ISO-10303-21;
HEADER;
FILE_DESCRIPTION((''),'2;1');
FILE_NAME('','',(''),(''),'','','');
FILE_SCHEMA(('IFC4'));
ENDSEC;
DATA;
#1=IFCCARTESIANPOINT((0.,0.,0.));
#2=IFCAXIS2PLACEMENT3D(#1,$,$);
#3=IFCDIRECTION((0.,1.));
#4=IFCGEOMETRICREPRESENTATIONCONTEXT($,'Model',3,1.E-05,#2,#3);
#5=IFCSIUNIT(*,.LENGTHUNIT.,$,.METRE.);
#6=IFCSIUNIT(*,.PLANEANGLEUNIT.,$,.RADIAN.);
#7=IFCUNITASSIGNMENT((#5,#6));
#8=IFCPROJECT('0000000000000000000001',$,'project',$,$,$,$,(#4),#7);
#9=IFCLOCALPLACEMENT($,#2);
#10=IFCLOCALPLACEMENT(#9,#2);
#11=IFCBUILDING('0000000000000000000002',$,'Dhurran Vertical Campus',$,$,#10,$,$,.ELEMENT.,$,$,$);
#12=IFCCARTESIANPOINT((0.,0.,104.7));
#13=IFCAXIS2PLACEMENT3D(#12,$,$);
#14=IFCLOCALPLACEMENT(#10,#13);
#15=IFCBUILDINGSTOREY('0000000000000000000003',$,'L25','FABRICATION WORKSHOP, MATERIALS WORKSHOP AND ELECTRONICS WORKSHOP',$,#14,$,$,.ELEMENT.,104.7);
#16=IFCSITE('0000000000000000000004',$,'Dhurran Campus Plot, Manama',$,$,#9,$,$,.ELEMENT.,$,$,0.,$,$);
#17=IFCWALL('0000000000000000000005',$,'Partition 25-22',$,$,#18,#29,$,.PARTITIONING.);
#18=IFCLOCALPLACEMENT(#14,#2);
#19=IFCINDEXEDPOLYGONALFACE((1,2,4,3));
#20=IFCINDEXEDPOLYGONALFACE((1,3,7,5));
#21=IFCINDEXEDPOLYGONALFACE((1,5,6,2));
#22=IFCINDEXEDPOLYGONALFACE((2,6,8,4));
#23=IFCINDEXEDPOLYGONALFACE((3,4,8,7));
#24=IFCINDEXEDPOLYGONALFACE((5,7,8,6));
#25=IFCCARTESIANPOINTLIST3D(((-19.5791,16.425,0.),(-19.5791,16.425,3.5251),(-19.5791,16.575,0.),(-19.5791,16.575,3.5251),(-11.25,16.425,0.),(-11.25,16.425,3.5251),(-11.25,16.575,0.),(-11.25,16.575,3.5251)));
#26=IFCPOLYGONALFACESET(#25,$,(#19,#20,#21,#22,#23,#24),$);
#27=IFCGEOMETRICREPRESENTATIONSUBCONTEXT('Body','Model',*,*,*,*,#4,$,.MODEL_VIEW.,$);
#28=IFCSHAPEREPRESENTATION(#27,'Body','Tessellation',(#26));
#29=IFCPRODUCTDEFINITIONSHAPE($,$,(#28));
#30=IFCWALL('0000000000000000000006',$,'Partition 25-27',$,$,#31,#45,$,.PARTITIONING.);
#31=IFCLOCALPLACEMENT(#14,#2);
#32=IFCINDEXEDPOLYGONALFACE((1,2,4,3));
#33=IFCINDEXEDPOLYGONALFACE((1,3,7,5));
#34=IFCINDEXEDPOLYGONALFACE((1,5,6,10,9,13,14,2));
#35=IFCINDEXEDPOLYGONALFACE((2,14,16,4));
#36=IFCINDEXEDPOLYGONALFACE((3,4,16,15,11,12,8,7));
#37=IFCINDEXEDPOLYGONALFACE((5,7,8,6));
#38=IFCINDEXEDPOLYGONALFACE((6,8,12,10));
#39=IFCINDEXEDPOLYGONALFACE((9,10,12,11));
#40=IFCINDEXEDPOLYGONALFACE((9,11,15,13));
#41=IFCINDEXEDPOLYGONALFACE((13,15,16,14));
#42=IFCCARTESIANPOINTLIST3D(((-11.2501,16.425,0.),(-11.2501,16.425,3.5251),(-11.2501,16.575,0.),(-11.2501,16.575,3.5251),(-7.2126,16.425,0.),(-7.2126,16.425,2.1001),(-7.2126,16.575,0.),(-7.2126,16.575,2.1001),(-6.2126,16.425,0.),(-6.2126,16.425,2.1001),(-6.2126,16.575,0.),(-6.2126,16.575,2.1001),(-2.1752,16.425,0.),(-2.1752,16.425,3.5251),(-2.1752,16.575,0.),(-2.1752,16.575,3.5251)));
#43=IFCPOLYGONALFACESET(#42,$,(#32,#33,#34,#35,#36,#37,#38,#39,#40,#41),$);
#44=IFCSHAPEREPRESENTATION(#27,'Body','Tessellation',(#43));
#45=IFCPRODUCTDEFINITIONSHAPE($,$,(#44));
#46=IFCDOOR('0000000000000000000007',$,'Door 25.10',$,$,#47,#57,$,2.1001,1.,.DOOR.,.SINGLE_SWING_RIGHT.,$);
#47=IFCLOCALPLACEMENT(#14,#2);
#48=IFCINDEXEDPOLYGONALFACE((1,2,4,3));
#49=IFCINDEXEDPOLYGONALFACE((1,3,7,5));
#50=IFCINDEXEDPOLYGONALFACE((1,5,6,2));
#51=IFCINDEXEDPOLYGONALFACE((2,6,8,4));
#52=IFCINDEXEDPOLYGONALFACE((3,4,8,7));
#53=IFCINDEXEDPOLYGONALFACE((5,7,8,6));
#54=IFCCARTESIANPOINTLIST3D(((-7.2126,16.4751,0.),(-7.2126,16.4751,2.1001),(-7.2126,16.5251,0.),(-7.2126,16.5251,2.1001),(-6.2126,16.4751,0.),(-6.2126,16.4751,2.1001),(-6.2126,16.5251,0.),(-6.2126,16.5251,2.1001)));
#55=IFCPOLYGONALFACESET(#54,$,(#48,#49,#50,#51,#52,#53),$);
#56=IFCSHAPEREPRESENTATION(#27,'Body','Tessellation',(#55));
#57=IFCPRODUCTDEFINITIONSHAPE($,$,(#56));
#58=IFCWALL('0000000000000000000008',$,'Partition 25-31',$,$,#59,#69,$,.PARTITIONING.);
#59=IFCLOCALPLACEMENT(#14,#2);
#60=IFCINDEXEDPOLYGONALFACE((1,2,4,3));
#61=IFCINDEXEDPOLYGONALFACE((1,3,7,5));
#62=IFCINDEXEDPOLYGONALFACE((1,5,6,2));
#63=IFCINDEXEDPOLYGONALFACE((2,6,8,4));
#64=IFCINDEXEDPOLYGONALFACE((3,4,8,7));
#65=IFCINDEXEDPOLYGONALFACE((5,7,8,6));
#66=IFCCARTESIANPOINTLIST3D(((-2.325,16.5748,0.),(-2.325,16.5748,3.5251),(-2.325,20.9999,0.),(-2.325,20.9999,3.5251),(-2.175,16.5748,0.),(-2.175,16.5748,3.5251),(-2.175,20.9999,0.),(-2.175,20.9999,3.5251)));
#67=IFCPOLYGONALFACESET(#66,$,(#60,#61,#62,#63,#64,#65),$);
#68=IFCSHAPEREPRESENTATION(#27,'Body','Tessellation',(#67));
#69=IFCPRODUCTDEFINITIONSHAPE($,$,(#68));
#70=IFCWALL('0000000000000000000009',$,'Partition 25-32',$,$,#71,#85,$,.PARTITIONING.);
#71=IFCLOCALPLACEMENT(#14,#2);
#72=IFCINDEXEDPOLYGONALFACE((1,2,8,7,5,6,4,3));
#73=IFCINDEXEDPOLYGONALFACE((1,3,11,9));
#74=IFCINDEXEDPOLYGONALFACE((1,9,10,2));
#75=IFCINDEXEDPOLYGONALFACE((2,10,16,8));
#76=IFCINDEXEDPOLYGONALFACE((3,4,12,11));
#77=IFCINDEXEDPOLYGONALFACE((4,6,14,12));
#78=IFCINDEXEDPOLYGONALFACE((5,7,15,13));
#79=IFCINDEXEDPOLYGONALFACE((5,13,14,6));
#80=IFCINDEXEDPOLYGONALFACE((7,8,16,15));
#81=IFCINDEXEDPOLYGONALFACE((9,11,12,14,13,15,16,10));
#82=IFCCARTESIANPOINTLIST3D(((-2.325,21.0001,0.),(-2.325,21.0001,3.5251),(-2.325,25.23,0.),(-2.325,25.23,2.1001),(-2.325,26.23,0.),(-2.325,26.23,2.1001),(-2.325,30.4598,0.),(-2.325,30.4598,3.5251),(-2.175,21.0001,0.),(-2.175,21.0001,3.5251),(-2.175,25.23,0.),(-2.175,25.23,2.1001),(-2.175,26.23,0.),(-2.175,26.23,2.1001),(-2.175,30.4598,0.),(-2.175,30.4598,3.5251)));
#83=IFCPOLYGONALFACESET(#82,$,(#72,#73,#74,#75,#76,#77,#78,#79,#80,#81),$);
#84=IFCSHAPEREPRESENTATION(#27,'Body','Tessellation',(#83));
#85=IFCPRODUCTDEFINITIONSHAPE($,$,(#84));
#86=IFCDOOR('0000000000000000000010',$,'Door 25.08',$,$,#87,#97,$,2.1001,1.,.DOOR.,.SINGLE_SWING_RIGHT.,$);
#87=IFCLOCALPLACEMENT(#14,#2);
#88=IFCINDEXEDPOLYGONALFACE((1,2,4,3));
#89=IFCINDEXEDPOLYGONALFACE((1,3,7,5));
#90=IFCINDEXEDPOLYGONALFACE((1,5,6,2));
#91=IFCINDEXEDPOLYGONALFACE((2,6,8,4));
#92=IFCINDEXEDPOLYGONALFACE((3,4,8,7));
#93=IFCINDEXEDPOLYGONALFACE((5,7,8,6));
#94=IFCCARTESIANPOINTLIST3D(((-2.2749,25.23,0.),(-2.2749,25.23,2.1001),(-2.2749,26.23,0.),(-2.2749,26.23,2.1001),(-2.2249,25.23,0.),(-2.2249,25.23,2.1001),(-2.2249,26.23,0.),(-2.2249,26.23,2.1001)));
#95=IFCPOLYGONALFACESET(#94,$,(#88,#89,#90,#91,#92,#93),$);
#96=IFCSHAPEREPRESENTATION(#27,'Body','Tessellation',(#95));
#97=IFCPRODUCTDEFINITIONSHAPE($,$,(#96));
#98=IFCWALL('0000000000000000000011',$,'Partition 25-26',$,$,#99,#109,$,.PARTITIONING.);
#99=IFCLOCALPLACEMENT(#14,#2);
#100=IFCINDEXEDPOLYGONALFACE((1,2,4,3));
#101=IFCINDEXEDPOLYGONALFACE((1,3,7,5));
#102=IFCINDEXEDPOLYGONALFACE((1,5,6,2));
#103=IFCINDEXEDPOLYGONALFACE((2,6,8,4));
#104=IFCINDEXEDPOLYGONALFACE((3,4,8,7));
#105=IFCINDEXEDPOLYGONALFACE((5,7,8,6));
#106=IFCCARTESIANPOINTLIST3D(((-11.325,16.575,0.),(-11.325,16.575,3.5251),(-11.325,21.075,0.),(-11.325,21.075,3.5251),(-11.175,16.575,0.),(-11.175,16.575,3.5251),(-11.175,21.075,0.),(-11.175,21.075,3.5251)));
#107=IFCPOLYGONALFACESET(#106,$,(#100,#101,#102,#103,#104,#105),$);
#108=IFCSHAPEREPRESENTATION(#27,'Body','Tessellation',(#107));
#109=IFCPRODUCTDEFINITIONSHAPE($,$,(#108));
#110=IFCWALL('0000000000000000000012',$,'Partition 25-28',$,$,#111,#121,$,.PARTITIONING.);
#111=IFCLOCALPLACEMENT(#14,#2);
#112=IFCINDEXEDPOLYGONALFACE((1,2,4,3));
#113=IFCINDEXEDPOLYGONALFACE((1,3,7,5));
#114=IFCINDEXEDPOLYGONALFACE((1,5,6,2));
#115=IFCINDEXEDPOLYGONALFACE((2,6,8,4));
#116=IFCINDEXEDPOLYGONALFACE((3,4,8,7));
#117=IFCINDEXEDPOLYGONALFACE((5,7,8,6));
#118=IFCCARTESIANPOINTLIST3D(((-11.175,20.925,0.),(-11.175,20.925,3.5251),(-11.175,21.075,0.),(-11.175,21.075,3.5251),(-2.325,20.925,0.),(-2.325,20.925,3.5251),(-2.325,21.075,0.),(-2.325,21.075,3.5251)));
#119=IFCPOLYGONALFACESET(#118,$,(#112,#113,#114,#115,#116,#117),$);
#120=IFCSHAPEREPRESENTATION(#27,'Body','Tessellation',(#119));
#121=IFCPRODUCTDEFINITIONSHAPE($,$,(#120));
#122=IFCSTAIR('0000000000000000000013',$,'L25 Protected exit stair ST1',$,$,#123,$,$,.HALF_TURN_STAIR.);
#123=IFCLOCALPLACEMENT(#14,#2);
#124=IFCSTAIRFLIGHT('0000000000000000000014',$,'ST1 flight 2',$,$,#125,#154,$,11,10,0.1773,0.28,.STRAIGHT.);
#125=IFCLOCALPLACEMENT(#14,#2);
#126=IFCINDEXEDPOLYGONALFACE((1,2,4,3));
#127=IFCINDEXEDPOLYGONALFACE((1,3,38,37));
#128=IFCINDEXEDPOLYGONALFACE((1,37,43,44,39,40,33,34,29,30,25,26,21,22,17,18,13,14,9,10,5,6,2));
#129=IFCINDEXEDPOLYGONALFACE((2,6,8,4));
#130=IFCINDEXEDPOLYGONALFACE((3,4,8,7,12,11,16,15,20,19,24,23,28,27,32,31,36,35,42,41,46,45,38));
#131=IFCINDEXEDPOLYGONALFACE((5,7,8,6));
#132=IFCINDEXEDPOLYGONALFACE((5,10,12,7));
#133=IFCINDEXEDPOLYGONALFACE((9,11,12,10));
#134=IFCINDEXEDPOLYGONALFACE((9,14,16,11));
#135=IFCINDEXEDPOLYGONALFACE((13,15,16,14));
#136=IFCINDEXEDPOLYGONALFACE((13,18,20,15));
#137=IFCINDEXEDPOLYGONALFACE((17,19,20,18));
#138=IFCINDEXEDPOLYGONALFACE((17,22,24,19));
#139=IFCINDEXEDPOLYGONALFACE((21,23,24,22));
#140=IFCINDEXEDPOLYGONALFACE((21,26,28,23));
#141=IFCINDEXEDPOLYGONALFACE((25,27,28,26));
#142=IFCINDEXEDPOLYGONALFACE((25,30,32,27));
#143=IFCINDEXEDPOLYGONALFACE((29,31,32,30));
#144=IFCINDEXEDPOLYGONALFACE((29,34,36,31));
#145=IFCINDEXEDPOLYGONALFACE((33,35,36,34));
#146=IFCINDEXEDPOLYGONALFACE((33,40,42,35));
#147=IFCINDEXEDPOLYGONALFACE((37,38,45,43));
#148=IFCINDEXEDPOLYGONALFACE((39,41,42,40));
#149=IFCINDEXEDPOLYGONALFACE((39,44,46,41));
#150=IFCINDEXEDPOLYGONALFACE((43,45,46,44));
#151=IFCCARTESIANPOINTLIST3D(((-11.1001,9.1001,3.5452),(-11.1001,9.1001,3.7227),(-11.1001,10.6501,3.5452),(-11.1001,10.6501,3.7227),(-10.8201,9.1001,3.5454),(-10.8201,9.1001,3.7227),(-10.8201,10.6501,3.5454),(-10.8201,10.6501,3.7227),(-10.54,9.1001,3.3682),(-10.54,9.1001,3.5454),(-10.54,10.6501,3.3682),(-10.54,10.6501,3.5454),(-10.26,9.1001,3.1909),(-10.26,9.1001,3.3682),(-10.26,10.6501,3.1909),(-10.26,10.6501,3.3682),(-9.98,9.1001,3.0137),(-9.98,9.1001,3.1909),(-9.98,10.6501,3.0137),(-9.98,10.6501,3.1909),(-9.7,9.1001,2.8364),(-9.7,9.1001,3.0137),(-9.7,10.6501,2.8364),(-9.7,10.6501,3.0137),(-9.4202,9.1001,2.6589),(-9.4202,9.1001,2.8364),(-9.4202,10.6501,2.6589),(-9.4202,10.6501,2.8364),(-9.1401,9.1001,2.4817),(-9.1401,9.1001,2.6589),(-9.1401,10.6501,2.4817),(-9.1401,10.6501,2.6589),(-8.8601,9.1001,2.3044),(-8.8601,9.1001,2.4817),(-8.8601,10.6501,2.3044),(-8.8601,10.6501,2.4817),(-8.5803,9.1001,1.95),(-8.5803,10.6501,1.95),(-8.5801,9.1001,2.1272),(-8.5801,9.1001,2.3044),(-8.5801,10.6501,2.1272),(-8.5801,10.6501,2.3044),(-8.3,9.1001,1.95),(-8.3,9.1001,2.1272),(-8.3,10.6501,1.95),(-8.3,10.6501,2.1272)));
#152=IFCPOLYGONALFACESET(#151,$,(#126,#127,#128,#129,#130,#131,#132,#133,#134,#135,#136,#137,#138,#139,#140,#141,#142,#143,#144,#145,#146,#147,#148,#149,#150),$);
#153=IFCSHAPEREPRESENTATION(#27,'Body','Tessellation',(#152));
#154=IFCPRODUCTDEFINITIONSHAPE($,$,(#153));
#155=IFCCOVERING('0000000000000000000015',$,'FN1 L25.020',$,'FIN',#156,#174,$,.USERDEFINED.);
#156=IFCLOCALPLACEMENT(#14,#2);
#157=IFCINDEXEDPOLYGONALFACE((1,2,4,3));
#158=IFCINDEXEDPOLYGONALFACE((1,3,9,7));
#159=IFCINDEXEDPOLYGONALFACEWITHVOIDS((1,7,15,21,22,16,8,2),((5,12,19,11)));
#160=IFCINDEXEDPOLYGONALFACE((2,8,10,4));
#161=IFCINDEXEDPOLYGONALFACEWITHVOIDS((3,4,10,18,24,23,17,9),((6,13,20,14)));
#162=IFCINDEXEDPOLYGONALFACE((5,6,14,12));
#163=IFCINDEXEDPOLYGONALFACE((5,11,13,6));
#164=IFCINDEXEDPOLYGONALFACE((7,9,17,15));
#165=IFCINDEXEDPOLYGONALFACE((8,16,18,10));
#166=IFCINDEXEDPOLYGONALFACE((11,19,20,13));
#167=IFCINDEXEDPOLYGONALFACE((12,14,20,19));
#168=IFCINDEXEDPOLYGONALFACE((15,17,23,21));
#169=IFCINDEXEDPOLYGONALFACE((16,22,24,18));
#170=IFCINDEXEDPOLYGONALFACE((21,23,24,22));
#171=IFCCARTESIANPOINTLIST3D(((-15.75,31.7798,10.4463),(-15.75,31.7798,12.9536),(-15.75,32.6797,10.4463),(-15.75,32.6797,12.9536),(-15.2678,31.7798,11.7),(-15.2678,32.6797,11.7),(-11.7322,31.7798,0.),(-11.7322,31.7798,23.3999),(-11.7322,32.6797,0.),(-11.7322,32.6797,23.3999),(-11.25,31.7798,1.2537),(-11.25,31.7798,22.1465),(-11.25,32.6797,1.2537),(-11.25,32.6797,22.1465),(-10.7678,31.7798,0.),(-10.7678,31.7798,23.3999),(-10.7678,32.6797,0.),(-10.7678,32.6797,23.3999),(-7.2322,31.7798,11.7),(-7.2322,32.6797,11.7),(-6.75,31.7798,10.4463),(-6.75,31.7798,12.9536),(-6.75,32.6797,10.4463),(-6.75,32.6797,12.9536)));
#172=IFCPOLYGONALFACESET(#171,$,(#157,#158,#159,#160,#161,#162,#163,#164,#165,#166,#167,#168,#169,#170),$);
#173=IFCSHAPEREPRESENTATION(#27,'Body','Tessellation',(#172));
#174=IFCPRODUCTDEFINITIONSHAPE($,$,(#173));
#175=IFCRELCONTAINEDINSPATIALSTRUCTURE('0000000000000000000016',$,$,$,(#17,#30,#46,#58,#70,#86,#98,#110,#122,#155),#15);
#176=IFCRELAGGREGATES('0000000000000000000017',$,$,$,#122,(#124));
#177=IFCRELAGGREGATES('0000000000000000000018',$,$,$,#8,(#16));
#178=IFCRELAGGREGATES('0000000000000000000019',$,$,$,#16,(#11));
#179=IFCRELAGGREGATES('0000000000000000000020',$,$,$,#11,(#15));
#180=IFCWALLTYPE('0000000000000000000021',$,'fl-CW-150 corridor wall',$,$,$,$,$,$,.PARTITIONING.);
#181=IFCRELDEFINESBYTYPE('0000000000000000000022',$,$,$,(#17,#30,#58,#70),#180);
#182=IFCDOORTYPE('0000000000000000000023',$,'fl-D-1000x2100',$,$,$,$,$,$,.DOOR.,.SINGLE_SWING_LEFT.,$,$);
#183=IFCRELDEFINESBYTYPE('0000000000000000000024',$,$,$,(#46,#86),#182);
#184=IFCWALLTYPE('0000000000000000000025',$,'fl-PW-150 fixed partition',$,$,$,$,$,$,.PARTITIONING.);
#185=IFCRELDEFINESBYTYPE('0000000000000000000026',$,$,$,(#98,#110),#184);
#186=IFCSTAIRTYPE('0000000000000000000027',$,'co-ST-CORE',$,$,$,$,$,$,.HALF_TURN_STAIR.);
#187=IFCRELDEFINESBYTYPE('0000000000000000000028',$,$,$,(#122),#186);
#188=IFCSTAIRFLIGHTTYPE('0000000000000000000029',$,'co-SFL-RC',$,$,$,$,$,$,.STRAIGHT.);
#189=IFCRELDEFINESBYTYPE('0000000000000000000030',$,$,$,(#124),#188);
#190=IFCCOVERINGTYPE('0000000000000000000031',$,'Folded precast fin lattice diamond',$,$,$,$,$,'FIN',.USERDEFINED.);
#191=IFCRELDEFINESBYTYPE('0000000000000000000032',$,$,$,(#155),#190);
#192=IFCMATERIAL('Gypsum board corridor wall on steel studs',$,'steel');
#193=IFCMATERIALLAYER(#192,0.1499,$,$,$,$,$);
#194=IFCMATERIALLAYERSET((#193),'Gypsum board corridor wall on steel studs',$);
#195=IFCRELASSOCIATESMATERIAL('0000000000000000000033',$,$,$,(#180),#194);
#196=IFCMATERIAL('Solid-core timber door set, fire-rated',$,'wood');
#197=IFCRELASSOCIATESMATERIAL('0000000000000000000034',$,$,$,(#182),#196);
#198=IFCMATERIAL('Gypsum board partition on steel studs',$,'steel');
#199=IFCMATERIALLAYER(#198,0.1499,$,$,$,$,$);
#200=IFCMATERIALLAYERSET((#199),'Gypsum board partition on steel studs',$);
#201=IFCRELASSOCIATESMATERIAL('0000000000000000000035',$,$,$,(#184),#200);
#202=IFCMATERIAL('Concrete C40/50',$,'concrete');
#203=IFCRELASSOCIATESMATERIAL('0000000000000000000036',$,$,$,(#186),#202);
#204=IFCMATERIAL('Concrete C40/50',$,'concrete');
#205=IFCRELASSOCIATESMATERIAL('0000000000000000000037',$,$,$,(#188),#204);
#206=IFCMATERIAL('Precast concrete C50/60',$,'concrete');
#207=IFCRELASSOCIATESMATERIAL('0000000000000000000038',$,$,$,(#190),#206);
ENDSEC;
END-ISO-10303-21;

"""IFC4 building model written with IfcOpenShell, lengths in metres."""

from ifc_helpers import new_model, si_unit, direction, frame, frame_2d, origin, place, context, subcontext, project, spatial, polyline, rectangle, outline, extrude, material, layer, layer_set, type_object, element, fill, aggregate, save


model = new_model("IFC4")

# Units and contexts
model_context = context("Model", 3, precision=1e-05, world=origin(), true_north=direction((0.0, 1.0)))
body_context = subcontext(model_context, "Body", "Model", "MODEL_VIEW")
ifc_project = project(units=[si_unit("LENGTHUNIT", "METRE"), si_unit("PLANEANGLEUNIT", "RADIAN")], contexts=[model_context])

# Site, building, storey
site_placement = place(None, origin())
site = spatial("IfcSite", under=ifc_project, at=site_placement, Name="Dhurran Campus Plot, Manama", CompositionType="ELEMENT", RefElevation=0.0)
building_placement = place(site_placement, origin())
building = spatial("IfcBuilding", under=site, at=building_placement, Name="Dhurran Vertical Campus", CompositionType="ELEMENT")
storey_placement = place(building_placement, frame((0.0, 0.0, 104.7)))
storey = spatial("IfcBuildingStorey", under=building, at=storey_placement, Name="L25", Description="FABRICATION WORKSHOP, MATERIALS WORKSHOP AND ELECTRONICS WORKSHOP", CompositionType="ELEMENT", Elevation=104.7)

# Wall
ifc_material_1 = material(Name="Gypsum board corridor wall on steel studs", Category="steel")
ifc_layer_1 = layer(ifc_material_1, 0.1499)
ifc_layer_set_1 = layer_set([ifc_layer_1], Name="Gypsum board corridor wall on steel studs")
wall_type_1 = type_object("IfcWallType", Name="fl-CW-150 corridor wall", PredefinedType="PARTITIONING", material=ifc_layer_set_1)
wall_1_placement = place(storey_placement, frame((-11.25, 16.5, 0.0), z_axis=(0.0, 0.0, 1.0), x_axis=(-1.0, 0.0, 0.0)))
element("IfcWall", 1, at=wall_1_placement, inside=storey, type_object=wall_type_1, Name="Partition 25-22", PredefinedType="PARTITIONING", context=body_context, shape_type="SweptSolid", body=[
    extrude(rectangle(XDim=8.3291, YDim=0.1499, at=frame_2d((4.1646, 0.0))), origin(), (0.0, 0.0, 1.0), 3.5251),
])

# Wall, opening, door
wall_2_placement = place(storey_placement, frame((-2.175, 16.5, 0.0), z_axis=(0.0, 0.0, 1.0), x_axis=(-1.0, 0.0, 0.0)))
wall_2 = element("IfcWall", 2, at=wall_2_placement, inside=storey, type_object=wall_type_1, Name="Partition 25-27", PredefinedType="PARTITIONING", context=body_context, shape_type="SweptSolid", body=[
    extrude(rectangle(XDim=9.075, YDim=0.1499, at=frame_2d((4.5376, 0.0))), origin(), (0.0, 0.0, 1.0), 3.5251),
])
opening_1_placement = place(wall_2_placement, frame((4.0376, 0.0, 0.0)))
opening_1 = element("IfcOpeningElement", 3, at=opening_1_placement, cuts=wall_2, PredefinedType="OPENING", context=body_context, shape_type="SweptSolid", body=[
    extrude(rectangle(XDim=1.0, YDim=2.1001, at=frame_2d((0.5, 1.05))), frame((0.0, 0.085, 0.0), z_axis=(0.0, -1.0, 0.0), x_axis=(1.0, 0.0, 0.0)), (0.0, 0.0, 1.0), 0.1699),
])
ifc_material_2 = material(Name="Solid-core timber door set, fire-rated", Category="wood")
door_type_1 = type_object("IfcDoorType", Name="fl-D-1000x2100", OperationType="SINGLE_SWING_LEFT", PredefinedType="DOOR", material=ifc_material_2)
door_1_placement = place(opening_1_placement, origin())
door_1 = element("IfcDoor", 4, at=door_1_placement, inside=storey, type_object=door_type_1, Name="Door 25.10", OperationType="SINGLE_SWING_RIGHT", OverallHeight=2.1001, OverallWidth=1.0, PredefinedType="DOOR", context=body_context, shape_type="SweptSolid", body=[
    extrude(rectangle(XDim=1.0, YDim=2.1001, at=frame_2d((0.5, 1.05))), frame((0.0, 0.0249, 0.0), z_axis=(0.0, -1.0, 0.0), x_axis=(1.0, 0.0, 0.0)), (0.0, 0.0, 1.0), 0.05),
])
fill(opening_1, door_1)

# Wall
wall_3_placement = place(storey_placement, frame((-2.25, 16.575, 0.0), z_axis=(0.0, 0.0, 1.0), x_axis=(0.0, 1.0, 0.0)))
element("IfcWall", 5, at=wall_3_placement, inside=storey, type_object=wall_type_1, Name="Partition 25-31", PredefinedType="PARTITIONING", context=body_context, shape_type="SweptSolid", body=[
    extrude(rectangle(XDim=4.425, YDim=0.1499, at=frame_2d((2.2124, 0.0))), origin(), (0.0, 0.0, 1.0), 3.5251),
])

# Wall, opening, door
wall_4_placement = place(storey_placement, frame((-2.25, 21.0, 0.0), z_axis=(0.0, 0.0, 1.0), x_axis=(0.0, 1.0, 0.0)))
wall_4 = element("IfcWall", 6, at=wall_4_placement, inside=storey, type_object=wall_type_1, Name="Partition 25-32", PredefinedType="PARTITIONING", context=body_context, shape_type="SweptSolid", body=[
    extrude(rectangle(XDim=9.4597, YDim=0.1499, at=frame_2d((4.73, 0.0))), origin(), (0.0, 0.0, 1.0), 3.5251),
])
opening_2_placement = place(wall_4_placement, frame((4.23, 0.0, 0.0)))
opening_2 = element("IfcOpeningElement", 7, at=opening_2_placement, cuts=wall_4, PredefinedType="OPENING", context=body_context, shape_type="SweptSolid", body=[
    extrude(rectangle(XDim=1.0, YDim=2.1001, at=frame_2d((0.5, 1.05))), frame((0.0, 0.085, 0.0), z_axis=(0.0, -1.0, 0.0), x_axis=(1.0, 0.0, 0.0)), (0.0, 0.0, 1.0), 0.1699),
])
door_2_placement = place(opening_2_placement, origin())
door_2 = element("IfcDoor", 8, at=door_2_placement, inside=storey, type_object=door_type_1, Name="Door 25.08", OperationType="SINGLE_SWING_RIGHT", OverallHeight=2.1001, OverallWidth=1.0, PredefinedType="DOOR", context=body_context, shape_type="SweptSolid", body=[
    extrude(rectangle(XDim=1.0, YDim=2.1001, at=frame_2d((0.5, 1.05))), frame((0.0, 0.0249, 0.0), z_axis=(0.0, -1.0, 0.0), x_axis=(1.0, 0.0, 0.0)), (0.0, 0.0, 1.0), 0.05),
])
fill(opening_2, door_2)

# Walls
ifc_material_3 = material(Name="Gypsum board partition on steel studs", Category="steel")
ifc_layer_2 = layer(ifc_material_3, 0.1499)
ifc_layer_set_2 = layer_set([ifc_layer_2], Name="Gypsum board partition on steel studs")
wall_type_2 = type_object("IfcWallType", Name="fl-PW-150 fixed partition", PredefinedType="PARTITIONING", material=ifc_layer_set_2)
wall_5_placement = place(storey_placement, frame((-11.25, 21.075, 0.0), z_axis=(0.0, 0.0, 1.0), x_axis=(0.0, -1.0, 0.0)))
element("IfcWall", 9, at=wall_5_placement, inside=storey, type_object=wall_type_2, Name="Partition 25-26", PredefinedType="PARTITIONING", context=body_context, shape_type="SweptSolid", body=[
    extrude(rectangle(XDim=4.5, YDim=0.1499, at=frame_2d((2.25, 0.0))), origin(), (0.0, 0.0, 1.0), 3.5251),
])
wall_6_placement = place(storey_placement, frame((-2.325, 21.0, 0.0), z_axis=(0.0, 0.0, 1.0), x_axis=(-1.0, 0.0, 0.0)))
element("IfcWall", 10, at=wall_6_placement, inside=storey, type_object=wall_type_2, Name="Partition 25-28", PredefinedType="PARTITIONING", context=body_context, shape_type="SweptSolid", body=[
    extrude(rectangle(XDim=8.8501, YDim=0.1499, at=frame_2d((4.425, 0.0))), origin(), (0.0, 0.0, 1.0), 3.5251),
])

# Stair, stair flight
ifc_material_4 = material(Name="Concrete C40/50", Category="concrete")
stair_type = type_object("IfcStairType", Name="co-ST-CORE", PredefinedType="HALF_TURN_STAIR", material=ifc_material_4)
stair_placement = place(storey_placement, origin())
stair = element("IfcStair", 11, at=stair_placement, inside=storey, type_object=stair_type, Name="L25 Protected exit stair ST1", PredefinedType="HALF_TURN_STAIR")
ifc_material_5 = material(Name="Concrete C40/50", Category="concrete")
stair_flight_type = type_object("IfcStairFlightType", Name="co-SFL-RC", PredefinedType="STRAIGHT", material=ifc_material_5)
stair_flight_placement = place(storey_placement, frame((-8.3, 9.875, 1.95), z_axis=(0.0, 0.0, 1.0), x_axis=(-1.0, 0.0, 0.0)))
stair_flight = element("IfcStairFlight", 12, at=stair_flight_placement, type_object=stair_flight_type, Name="ST1 flight 2", NumberOfRisers=11, NumberOfTreads=10, PredefinedType="STRAIGHT", RiserHeight=0.1773, TreadLength=0.28, context=body_context, shape_type="SweptSolid", body=[
    extrude(outline(polyline([(0.0, 0.0), (0.0, 0.1772), (0.28, 0.1772), (0.28, 0.3545), (0.5601, 0.3545), (0.5601, 0.5317), (0.8401, 0.5317), (0.8401, 0.709), (1.1201, 0.709), (1.1201, 0.8865), (1.3999, 0.8865), (1.3999, 1.0637), (1.6799, 1.0637), (1.6799, 1.241), (1.96, 1.241), (1.96, 1.4182), (2.24, 1.4182), (2.24, 1.5955), (2.52, 1.5955), (2.52, 1.7727), (2.8, 1.7727), (2.8, 1.95), (2.8, 1.5952), (0.2803, 0.0), (0.0, 0.0)])), frame((0.0, 0.7749, 0.0), z_axis=(0.0, -1.0, 0.0), x_axis=(1.0, 0.0, 0.0)), (0.0, 0.0, 1.0), 1.55),
])
aggregate(stair, [stair_flight])

# Covering
ifc_material_6 = material(Name="Precast concrete C50/60", Category="concrete")
covering_type = type_object("IfcCoveringType", Name="Folded precast fin lattice diamond", ElementType="FIN", PredefinedType="USERDEFINED", material=ifc_material_6)
covering_placement = place(storey_placement, frame((-6.75, 31.7798, 0.0), z_axis=(0.0, 1.0, 0.0), x_axis=(-1.0, 0.0, 0.0)))
element("IfcCovering", 13, at=covering_placement, inside=storey, type_object=covering_type, Name="FN1 L25.020", ObjectType="FIN", PredefinedType="USERDEFINED", context=body_context, shape_type="SweptSolid", body=[
    extrude(outline(polyline([(9.0, 12.9536), (9.0, 10.4463), (4.9822, 0.0), (4.0178, 0.0), (0.0, 10.4463), (0.0, 12.9536), (4.0178, 23.3999), (4.9822, 23.3999), (9.0, 12.9536)]), holes=[polyline([(8.5178, 11.7), (4.5, 22.1465), (0.4822, 11.7), (4.5, 1.2537), (8.5178, 11.7)])]), origin(), (0.0, 0.0, 1.0), 0.8999),
])

save(model, "model.ifc")
